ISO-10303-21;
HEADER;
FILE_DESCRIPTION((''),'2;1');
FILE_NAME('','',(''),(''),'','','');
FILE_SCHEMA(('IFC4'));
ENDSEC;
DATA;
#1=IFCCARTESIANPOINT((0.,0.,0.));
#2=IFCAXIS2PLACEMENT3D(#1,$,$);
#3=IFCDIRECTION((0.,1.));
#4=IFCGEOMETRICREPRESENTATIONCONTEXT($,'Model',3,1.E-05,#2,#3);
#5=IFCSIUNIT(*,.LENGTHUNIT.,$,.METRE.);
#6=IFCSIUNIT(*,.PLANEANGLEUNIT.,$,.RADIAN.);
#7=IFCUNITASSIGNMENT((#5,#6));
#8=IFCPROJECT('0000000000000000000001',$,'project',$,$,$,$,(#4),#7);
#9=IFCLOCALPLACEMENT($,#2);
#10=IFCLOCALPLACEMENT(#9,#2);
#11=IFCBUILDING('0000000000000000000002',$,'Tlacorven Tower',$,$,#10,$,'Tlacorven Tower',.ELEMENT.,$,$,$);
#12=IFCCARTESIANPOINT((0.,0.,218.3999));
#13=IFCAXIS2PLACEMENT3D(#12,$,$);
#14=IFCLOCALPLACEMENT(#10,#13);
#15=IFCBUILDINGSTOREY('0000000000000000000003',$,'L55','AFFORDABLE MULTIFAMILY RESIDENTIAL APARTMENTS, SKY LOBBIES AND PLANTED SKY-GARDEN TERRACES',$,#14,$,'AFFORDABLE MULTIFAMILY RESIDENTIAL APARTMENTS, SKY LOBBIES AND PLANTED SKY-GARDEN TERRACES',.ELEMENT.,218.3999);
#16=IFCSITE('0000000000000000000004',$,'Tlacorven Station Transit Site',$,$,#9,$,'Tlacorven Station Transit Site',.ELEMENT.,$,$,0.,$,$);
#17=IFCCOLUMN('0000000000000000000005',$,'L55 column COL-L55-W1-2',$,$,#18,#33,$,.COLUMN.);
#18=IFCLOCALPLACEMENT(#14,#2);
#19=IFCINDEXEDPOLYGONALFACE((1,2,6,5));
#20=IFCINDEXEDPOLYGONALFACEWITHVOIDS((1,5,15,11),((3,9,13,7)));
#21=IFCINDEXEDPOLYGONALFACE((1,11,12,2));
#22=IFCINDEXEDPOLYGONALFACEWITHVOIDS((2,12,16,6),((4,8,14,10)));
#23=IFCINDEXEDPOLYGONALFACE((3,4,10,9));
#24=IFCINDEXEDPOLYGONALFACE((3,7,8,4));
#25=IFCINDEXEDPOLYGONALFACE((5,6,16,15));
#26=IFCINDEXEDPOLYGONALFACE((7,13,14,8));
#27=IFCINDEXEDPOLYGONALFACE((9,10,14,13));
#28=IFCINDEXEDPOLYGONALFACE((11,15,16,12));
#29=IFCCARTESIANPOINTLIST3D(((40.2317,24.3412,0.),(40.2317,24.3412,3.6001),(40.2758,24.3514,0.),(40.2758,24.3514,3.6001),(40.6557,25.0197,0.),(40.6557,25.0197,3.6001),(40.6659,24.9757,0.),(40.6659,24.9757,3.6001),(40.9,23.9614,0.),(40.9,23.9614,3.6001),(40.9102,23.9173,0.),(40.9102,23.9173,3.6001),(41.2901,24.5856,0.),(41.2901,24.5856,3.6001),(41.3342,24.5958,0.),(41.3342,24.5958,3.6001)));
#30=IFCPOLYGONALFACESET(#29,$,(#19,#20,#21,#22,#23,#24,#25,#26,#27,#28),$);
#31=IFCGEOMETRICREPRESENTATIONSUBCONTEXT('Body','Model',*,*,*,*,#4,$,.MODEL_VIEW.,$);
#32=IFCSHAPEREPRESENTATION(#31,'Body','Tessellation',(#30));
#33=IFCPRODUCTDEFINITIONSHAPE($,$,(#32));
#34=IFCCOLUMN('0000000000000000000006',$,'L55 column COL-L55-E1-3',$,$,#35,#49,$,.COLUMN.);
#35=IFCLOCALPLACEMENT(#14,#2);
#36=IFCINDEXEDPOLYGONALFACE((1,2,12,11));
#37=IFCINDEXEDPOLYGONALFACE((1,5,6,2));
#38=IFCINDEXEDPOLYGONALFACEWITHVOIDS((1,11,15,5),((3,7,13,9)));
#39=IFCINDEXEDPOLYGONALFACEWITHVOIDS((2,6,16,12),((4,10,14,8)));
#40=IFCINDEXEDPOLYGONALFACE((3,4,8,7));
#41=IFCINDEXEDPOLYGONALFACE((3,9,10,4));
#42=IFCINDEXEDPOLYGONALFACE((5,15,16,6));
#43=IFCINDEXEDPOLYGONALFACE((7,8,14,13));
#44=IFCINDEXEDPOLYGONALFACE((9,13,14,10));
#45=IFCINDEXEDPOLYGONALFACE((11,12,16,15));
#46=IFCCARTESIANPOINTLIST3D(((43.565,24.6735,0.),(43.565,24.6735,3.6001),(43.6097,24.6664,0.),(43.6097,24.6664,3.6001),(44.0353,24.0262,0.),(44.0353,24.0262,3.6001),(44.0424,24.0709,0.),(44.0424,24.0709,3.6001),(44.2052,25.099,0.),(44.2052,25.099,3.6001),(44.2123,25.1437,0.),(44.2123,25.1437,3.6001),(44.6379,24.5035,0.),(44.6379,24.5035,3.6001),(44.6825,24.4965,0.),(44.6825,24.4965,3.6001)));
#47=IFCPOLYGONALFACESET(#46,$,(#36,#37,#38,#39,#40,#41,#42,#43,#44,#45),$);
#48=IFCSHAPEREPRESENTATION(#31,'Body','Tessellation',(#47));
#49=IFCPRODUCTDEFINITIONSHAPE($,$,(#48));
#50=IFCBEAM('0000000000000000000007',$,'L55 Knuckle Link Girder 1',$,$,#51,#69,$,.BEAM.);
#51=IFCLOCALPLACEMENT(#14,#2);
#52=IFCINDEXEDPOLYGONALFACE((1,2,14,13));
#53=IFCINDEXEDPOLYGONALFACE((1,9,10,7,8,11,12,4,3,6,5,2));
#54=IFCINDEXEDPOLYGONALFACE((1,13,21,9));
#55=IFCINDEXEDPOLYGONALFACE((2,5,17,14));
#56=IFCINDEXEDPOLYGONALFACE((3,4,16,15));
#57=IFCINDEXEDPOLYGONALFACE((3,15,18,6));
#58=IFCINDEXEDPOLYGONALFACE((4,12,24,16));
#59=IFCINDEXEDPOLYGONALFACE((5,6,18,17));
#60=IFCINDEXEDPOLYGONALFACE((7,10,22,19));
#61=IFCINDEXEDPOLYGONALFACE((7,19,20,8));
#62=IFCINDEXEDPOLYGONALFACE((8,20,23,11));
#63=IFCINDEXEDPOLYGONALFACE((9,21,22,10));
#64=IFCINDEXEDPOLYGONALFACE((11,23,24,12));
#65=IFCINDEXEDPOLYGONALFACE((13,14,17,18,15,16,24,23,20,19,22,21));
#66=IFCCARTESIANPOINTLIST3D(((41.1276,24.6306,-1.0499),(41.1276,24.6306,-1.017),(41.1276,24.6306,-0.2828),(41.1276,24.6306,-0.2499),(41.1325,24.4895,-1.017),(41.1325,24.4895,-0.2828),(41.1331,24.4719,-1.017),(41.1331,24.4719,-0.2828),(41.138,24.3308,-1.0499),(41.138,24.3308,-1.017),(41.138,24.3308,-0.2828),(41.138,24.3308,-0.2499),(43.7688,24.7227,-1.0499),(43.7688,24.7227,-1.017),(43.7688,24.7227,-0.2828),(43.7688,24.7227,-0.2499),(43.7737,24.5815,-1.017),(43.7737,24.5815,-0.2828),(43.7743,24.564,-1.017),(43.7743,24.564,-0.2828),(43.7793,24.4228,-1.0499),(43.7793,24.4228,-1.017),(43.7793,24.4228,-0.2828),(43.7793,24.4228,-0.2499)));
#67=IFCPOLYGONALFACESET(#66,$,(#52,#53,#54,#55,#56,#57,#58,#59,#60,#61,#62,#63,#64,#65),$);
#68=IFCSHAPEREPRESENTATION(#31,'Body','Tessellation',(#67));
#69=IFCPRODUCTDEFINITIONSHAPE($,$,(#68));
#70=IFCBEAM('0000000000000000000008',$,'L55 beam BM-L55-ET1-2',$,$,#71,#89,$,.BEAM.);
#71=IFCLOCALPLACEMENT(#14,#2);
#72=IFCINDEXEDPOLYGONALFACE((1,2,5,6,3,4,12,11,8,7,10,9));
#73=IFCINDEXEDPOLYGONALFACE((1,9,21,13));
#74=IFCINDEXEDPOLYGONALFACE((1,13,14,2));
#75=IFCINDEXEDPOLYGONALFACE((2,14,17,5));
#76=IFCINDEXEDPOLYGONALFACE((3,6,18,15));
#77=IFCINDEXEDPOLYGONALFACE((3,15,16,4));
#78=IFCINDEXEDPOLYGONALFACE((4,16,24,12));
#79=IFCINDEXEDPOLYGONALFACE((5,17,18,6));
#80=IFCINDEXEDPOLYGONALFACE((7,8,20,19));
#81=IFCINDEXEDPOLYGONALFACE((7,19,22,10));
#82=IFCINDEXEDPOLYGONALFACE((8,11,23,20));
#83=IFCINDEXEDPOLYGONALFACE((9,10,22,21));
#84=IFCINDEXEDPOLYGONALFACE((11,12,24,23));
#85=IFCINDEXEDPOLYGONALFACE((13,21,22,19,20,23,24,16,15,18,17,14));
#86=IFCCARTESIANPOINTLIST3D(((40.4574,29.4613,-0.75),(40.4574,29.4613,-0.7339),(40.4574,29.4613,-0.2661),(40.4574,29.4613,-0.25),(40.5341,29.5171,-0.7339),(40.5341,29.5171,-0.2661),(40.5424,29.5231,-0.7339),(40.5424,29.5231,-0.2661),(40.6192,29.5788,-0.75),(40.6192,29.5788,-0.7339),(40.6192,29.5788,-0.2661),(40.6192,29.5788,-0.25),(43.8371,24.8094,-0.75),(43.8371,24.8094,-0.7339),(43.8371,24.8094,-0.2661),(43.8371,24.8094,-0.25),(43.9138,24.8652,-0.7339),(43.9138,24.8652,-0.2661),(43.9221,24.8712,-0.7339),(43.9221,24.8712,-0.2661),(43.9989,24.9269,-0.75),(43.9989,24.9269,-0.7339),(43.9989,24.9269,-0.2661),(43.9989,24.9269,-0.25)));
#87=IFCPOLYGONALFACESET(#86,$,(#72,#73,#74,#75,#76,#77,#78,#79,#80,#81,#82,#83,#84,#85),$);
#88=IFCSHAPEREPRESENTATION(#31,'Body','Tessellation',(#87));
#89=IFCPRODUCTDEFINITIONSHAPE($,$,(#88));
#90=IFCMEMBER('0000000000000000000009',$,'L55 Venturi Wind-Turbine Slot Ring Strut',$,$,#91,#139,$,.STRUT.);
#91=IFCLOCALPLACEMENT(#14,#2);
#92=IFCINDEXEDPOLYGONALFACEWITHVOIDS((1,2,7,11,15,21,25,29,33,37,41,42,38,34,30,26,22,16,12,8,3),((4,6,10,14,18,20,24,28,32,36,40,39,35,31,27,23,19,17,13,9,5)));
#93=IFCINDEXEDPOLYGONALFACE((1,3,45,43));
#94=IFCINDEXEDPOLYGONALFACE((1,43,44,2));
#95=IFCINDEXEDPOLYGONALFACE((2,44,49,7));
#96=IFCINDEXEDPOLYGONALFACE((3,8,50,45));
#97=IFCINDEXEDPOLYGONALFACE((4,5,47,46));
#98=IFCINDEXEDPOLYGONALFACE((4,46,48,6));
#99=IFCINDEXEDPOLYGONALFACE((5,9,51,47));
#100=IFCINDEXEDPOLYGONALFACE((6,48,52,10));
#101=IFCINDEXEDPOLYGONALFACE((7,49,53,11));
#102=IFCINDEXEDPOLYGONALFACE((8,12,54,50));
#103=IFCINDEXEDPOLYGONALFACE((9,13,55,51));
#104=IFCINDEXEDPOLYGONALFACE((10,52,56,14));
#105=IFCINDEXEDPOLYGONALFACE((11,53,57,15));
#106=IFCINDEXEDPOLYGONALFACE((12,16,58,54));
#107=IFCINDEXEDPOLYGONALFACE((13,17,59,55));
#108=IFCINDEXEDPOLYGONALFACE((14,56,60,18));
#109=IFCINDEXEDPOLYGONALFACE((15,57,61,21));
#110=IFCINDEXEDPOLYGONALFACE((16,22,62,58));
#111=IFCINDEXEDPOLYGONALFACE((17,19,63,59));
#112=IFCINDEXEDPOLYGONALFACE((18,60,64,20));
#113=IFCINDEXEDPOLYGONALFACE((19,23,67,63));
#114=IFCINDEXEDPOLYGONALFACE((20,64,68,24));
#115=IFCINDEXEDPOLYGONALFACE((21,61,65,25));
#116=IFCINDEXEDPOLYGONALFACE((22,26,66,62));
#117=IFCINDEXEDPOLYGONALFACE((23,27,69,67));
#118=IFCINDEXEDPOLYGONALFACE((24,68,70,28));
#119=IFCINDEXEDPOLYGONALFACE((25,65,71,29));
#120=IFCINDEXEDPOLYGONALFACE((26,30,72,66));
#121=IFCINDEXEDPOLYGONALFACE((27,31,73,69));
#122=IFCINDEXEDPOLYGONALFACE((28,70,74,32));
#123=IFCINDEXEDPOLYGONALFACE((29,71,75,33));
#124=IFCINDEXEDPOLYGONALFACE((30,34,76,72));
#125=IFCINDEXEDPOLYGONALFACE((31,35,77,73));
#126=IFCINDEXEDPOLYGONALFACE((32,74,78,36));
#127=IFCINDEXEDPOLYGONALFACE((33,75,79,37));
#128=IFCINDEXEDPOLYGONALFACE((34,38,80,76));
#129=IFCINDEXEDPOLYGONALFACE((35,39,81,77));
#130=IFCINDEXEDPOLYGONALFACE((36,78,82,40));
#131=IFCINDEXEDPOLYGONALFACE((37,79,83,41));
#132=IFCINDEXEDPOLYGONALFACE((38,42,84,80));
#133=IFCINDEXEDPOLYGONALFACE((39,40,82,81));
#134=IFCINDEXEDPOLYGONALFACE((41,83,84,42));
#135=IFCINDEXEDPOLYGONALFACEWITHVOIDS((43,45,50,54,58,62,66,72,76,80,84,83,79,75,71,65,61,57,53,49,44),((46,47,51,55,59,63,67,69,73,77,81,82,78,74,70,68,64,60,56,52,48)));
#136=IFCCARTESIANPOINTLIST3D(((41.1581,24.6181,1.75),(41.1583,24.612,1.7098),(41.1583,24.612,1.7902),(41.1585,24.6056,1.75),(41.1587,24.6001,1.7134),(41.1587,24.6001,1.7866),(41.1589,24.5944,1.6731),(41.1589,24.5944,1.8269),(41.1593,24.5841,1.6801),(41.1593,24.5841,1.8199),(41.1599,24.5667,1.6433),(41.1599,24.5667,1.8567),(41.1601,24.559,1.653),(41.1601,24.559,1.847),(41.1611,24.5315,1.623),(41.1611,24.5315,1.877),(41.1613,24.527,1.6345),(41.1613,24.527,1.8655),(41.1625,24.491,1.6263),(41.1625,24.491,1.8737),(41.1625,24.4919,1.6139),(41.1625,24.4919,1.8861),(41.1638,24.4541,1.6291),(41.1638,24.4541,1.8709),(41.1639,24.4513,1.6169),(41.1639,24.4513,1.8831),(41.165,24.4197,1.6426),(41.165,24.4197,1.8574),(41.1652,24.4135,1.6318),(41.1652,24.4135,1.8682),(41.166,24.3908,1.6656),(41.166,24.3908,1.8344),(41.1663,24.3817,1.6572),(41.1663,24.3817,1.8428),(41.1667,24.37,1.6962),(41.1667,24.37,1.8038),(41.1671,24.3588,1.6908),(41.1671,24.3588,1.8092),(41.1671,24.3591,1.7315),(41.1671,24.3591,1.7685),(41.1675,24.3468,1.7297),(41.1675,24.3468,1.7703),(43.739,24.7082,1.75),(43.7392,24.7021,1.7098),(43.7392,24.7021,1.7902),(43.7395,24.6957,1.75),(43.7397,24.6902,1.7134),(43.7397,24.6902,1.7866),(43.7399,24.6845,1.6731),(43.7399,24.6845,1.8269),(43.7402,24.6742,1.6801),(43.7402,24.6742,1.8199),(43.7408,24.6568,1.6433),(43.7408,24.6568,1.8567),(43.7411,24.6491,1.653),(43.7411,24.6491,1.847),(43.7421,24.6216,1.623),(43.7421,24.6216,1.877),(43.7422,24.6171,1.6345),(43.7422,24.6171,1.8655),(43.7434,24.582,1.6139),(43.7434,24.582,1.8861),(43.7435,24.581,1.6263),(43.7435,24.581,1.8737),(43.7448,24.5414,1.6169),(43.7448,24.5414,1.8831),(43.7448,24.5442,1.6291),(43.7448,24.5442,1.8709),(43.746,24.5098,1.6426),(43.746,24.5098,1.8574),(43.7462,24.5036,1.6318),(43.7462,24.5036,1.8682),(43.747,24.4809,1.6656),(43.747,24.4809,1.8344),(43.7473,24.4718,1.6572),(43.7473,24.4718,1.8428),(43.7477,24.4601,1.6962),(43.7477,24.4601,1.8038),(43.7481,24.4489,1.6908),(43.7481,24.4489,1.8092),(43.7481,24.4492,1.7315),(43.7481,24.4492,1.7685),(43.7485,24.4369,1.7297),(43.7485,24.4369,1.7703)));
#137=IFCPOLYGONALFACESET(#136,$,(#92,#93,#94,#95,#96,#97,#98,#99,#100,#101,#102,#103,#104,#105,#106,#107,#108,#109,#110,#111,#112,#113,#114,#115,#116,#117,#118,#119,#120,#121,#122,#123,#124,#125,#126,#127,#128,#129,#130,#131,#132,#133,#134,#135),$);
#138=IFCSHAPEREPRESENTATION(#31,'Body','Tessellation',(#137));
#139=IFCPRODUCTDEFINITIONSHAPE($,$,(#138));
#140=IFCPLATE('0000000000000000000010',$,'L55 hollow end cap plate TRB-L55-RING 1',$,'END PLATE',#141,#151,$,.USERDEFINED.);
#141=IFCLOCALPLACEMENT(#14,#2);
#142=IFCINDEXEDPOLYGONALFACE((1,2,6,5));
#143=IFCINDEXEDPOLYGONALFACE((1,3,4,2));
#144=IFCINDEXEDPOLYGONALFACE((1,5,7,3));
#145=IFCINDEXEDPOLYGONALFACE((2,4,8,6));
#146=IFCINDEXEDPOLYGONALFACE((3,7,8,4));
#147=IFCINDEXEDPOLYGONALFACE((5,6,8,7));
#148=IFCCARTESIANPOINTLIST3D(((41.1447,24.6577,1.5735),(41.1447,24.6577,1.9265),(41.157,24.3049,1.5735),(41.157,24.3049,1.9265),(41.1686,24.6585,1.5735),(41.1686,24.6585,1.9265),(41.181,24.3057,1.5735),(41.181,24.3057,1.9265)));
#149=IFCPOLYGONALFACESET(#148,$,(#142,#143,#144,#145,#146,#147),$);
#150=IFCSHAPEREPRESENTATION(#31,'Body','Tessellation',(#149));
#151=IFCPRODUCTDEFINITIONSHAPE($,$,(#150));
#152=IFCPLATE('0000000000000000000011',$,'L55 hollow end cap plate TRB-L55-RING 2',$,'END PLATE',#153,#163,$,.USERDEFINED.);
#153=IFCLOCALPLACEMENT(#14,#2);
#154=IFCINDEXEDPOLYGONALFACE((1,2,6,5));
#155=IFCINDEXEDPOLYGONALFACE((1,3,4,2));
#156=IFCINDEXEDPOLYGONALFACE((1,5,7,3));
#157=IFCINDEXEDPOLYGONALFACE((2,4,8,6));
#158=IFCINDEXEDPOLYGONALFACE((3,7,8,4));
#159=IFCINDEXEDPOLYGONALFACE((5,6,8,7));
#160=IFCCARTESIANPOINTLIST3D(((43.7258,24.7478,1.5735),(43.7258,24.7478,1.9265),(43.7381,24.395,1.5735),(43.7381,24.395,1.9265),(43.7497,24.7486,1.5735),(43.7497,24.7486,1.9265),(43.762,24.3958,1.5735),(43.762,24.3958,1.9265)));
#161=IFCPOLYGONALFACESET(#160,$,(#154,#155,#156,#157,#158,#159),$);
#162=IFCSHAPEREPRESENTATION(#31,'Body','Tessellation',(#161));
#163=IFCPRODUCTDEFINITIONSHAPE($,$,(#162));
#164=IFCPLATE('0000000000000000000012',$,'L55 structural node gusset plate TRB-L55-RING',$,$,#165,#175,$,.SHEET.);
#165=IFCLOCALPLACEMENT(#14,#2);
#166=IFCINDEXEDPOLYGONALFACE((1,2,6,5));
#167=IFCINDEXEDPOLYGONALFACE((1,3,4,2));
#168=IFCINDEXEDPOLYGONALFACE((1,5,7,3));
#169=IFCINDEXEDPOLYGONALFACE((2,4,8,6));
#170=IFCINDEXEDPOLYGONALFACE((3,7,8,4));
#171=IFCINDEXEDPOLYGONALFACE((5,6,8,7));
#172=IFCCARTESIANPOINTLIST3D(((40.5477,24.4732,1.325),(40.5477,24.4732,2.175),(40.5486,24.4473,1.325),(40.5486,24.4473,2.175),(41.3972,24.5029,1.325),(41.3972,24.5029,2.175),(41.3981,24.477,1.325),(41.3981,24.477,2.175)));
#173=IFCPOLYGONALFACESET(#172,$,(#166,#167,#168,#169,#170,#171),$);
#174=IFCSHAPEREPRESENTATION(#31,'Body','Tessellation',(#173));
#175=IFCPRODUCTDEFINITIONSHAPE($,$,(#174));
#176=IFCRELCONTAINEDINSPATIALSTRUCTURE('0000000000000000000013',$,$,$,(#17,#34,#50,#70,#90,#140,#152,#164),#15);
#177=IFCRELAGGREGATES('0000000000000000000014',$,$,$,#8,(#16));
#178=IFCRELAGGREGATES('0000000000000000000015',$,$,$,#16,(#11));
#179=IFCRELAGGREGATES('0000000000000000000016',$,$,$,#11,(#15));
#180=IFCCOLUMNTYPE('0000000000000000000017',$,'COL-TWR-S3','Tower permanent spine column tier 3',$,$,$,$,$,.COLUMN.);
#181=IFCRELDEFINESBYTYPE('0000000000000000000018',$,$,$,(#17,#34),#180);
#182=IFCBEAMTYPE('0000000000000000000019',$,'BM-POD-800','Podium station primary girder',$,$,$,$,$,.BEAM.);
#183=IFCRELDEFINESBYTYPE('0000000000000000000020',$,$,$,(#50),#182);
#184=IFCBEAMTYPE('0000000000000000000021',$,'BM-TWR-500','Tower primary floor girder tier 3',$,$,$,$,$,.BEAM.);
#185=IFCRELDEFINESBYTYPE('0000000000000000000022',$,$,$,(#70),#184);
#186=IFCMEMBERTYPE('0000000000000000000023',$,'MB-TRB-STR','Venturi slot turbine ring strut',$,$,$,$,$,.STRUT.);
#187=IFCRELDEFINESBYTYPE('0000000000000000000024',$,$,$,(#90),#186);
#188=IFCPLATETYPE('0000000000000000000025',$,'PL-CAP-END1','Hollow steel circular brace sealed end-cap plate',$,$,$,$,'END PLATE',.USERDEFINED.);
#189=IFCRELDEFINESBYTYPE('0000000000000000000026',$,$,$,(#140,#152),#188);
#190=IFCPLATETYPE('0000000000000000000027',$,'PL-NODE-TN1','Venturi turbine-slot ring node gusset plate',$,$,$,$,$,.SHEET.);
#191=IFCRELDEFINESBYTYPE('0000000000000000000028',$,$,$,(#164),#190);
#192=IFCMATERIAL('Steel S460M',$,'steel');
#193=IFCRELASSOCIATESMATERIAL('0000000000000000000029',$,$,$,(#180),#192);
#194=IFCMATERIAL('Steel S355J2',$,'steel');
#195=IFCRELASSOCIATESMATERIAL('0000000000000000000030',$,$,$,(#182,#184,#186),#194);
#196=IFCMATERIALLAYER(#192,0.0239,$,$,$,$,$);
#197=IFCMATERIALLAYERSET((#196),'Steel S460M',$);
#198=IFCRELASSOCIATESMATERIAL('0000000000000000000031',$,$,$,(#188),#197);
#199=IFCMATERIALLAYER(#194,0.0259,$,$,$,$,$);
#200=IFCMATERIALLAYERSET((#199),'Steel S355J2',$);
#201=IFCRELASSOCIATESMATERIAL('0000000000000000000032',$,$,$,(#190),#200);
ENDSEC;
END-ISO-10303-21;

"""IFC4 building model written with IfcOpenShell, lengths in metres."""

from ifc_helpers import new_model, si_unit, direction, frame, origin, origin_2d, place, context, subcontext, project, spatial, rectangle, hollow_rectangle, hollow_circle, i_section, extrude, source, transform, mapped, material, layer, layer_set, material_profile, profile_set, type_object, element, save


model = new_model("IFC4")

# Units and contexts
model_context = context("Model", 3, precision=1e-05, world=origin(), true_north=direction((0.0, 1.0)))
body_context = subcontext(model_context, "Body", "Model", "MODEL_VIEW")
ifc_project = project(units=[si_unit("LENGTHUNIT", "METRE"), si_unit("PLANEANGLEUNIT", "RADIAN")], contexts=[model_context])

# Site, building, storey
site_placement = place(None, origin())
site = spatial("IfcSite", under=ifc_project, at=site_placement, Name="Tlacorven Station Transit Site", LongName="Tlacorven Station Transit Site", CompositionType="ELEMENT", RefElevation=0.0)
building_placement = place(site_placement, origin())
building = spatial("IfcBuilding", under=site, at=building_placement, Name="Tlacorven Tower", LongName="Tlacorven Tower", CompositionType="ELEMENT")
storey_placement = place(building_placement, frame((0.0, 0.0, 218.3999)))
storey = spatial("IfcBuildingStorey", under=building, at=storey_placement, Name="L55", Description="AFFORDABLE MULTIFAMILY RESIDENTIAL APARTMENTS, SKY LOBBIES AND PLANTED SKY-GARDEN TERRACES", LongName="AFFORDABLE MULTIFAMILY RESIDENTIAL APARTMENTS, SKY LOBBIES AND PLANTED SKY-GARDEN TERRACES", CompositionType="ELEMENT", Elevation=218.3999)

# Columns
ifc_material_1 = material(Name="Steel S460M", Category="steel")
ifc_material_profile_1 = material_profile(ifc_material_1, hollow_rectangle(XDim=0.8, YDim=0.8, WallThickness=0.032, at=origin_2d()), Name="BOX 800X800X32")
ifc_profile_set_1 = profile_set([ifc_material_profile_1], Name="Steel S460M")
column_type = type_object("IfcColumnType", Name="COL-TWR-S3", Description="Tower permanent spine column tier 3", PredefinedType="COLUMN", material=ifc_profile_set_1)
shared_shape_1 = source(origin(), body_context, "Body", "SweptSolid", [
    extrude(hollow_rectangle(XDim=0.8, YDim=0.8, WallThickness=0.032, at=origin_2d()), origin(), (0.0, 0.0, 1.0), 3.6001),
])
for number, where, z_axis, x_axis, name in (
    (1, (40.783, 24.4685, 0.0), (0.0, 0.0, 1.0), (-0.848048, 0.529919, 0.0), "L55 column COL-L55-W1-2"),
    (2, (44.1238, 24.585, 0.0), (0.0, 0.0, 1.0), (0.809017, 0.587785, 0.0), "L55 column COL-L55-E1-3"),
):
    element("IfcColumn", number, at=place(storey_placement, frame(where, z_axis=z_axis, x_axis=x_axis)), inside=storey, type_object=column_type, Name=name, PredefinedType="COLUMN", context=body_context, shape_type="MappedRepresentation", body=[
        mapped(shared_shape_1, transform((0.0, 0.0, 0.0), scale=1.0)),
    ])

# Beams
ifc_material_2 = material(Name="Steel S355J2", Category="steel")
ifc_material_profile_2 = material_profile(ifc_material_2, i_section(OverallWidth=0.3, OverallDepth=0.8, WebThickness=0.0176, FlangeThickness=0.033, at=origin_2d()), Name="HEB 800")
ifc_profile_set_2 = profile_set([ifc_material_profile_2], Name="Steel S355J2")
beam_type_1 = type_object("IfcBeamType", Name="BM-POD-800", Description="Podium station primary girder", PredefinedType="BEAM", material=ifc_profile_set_2)
shared_shape_2 = source(origin(), body_context, "Body", "SweptSolid", [
    extrude(i_section(OverallWidth=0.3, OverallDepth=0.8, WebThickness=0.0176, FlangeThickness=0.033, at=origin_2d()), origin(), (0.0, 0.0, 1.0), 2.6428),
])
beam_1_placement = place(storey_placement, frame((41.1328, 24.4807, -0.6499), z_axis=(0.999393, 0.034828, 0.0), x_axis=(-0.034828, 0.999393, 0.0)))
element("IfcBeam", 3, at=beam_1_placement, inside=storey, type_object=beam_type_1, Name="L55 Knuckle Link Girder 1", PredefinedType="BEAM", context=body_context, shape_type="MappedRepresentation", body=[
    mapped(shared_shape_2, transform((0.0, 0.0, 0.0), scale=1.0)),
])
ifc_material_profile_3 = material_profile(ifc_material_2, i_section(OverallWidth=0.2, OverallDepth=0.5, WebThickness=0.0103, FlangeThickness=0.0161, at=origin_2d()), Name="IPE 500")
ifc_profile_set_3 = profile_set([ifc_material_profile_3], Name="Steel S355J2")
beam_type_2 = type_object("IfcBeamType", Name="BM-TWR-500", Description="Tower primary floor girder tier 3", PredefinedType="BEAM", material=ifc_profile_set_3)
shared_shape_3 = source(origin(), body_context, "Body", "SweptSolid", [
    extrude(i_section(OverallWidth=0.2, OverallDepth=0.5, WebThickness=0.0103, FlangeThickness=0.0161, at=origin_2d()), origin(), (0.0, 0.0, 1.0), 5.75),
])
beam_2_placement = place(storey_placement, frame((43.918, 24.8682, -0.5), z_axis=(-0.58777, 0.809028, 0.0), x_axis=(-0.809028, -0.58777, 0.0)))
element("IfcBeam", 4, at=beam_2_placement, inside=storey, type_object=beam_type_2, Name="L55 beam BM-L55-ET1-2", PredefinedType="BEAM", context=body_context, shape_type="MappedRepresentation", body=[
    mapped(shared_shape_3, transform((0.0, 0.0, 0.0), scale=1.0)),
])

# Member
ifc_material_profile_4 = material_profile(ifc_material_2, hollow_circle(Radius=0.1365, WallThickness=0.0125, at=origin_2d()), Name="CHS 273.0X12.5")
ifc_profile_set_4 = profile_set([ifc_material_profile_4], Name="Steel S355J2")
member_type = type_object("IfcMemberType", Name="MB-TRB-STR", Description="Venturi slot turbine ring strut", PredefinedType="STRUT", material=ifc_profile_set_4)
shared_shape_4 = source(origin(), body_context, "Body", "SweptSolid", [
    extrude(hollow_circle(Radius=0.1365, WallThickness=0.0125, at=origin_2d()), origin(), (0.0, 0.0, 1.0), 2.5825),
])
member_placement = place(storey_placement, frame((41.1628, 24.4817, 1.75), z_axis=(0.999391, 0.034882, 0.0), x_axis=(-0.034882, 0.999391, 0.0)))
element("IfcMember", 5, at=member_placement, inside=storey, type_object=member_type, Name="L55 Venturi Wind-Turbine Slot Ring Strut", PredefinedType="STRUT", context=body_context, shape_type="MappedRepresentation", body=[
    mapped(shared_shape_4, transform((0.0, 0.0, 0.0), scale=1.0)),
])

# Plates
ifc_layer_1 = layer(ifc_material_1, 0.0239)
ifc_layer_set_1 = layer_set([ifc_layer_1], Name="Steel S460M")
plate_type_1 = type_object("IfcPlateType", Name="PL-CAP-END1", Description="Hollow steel circular brace sealed end-cap plate", ElementType="END PLATE", PredefinedType="USERDEFINED", material=ifc_layer_set_1)
shared_shape_5 = source(origin(), body_context, "Body", "SweptSolid", [
    extrude(rectangle(XDim=0.0239, YDim=0.353, at=origin_2d()), origin(), (0.0, 0.0, 1.0), 0.353),
])
for number, where, z_axis, x_axis, name in (
    (6, (41.1628, 24.4817, 1.5735), (0.0, 0.0, 1.0), (0.999391, 0.034899, 0.0), "L55 hollow end cap plate TRB-L55-RING 1"),
    (7, (43.7439, 24.5718, 1.5735), (0.0, 0.0, 1.0), (0.999391, 0.034899, 0.0), "L55 hollow end cap plate TRB-L55-RING 2"),
):
    element("IfcPlate", number, at=place(storey_placement, frame(where, z_axis=z_axis, x_axis=x_axis)), inside=storey, type_object=plate_type_1, Name=name, ObjectType="END PLATE", PredefinedType="USERDEFINED", context=body_context, shape_type="MappedRepresentation", body=[
        mapped(shared_shape_5, transform((0.0, 0.0, 0.0), scale=1.0)),
    ])
ifc_layer_2 = layer(ifc_material_2, 0.0259)
ifc_layer_set_2 = layer_set([ifc_layer_2], Name="Steel S355J2")
plate_type_2 = type_object("IfcPlateType", Name="PL-NODE-TN1", Description="Venturi turbine-slot ring node gusset plate", PredefinedType="SHEET", material=ifc_layer_set_2)
shared_shape_6 = source(origin(), body_context, "Body", "SweptSolid", [
    extrude(rectangle(XDim=0.8501, YDim=0.0259, at=origin_2d()), origin(), (0.0, 0.0, 1.0), 0.8501),
])
plate_placement = place(storey_placement, frame((40.9729, 24.4751, 1.325), z_axis=(0.0, 0.0, 1.0), x_axis=(0.999391, 0.034899, 0.0)))
element("IfcPlate", 8, at=plate_placement, inside=storey, type_object=plate_type_2, Name="L55 structural node gusset plate TRB-L55-RING", PredefinedType="SHEET", context=body_context, shape_type="MappedRepresentation", body=[
    mapped(shared_shape_6, transform((0.0, 0.0, 0.0), scale=1.0)),
])

save(model, "model.ifc")
